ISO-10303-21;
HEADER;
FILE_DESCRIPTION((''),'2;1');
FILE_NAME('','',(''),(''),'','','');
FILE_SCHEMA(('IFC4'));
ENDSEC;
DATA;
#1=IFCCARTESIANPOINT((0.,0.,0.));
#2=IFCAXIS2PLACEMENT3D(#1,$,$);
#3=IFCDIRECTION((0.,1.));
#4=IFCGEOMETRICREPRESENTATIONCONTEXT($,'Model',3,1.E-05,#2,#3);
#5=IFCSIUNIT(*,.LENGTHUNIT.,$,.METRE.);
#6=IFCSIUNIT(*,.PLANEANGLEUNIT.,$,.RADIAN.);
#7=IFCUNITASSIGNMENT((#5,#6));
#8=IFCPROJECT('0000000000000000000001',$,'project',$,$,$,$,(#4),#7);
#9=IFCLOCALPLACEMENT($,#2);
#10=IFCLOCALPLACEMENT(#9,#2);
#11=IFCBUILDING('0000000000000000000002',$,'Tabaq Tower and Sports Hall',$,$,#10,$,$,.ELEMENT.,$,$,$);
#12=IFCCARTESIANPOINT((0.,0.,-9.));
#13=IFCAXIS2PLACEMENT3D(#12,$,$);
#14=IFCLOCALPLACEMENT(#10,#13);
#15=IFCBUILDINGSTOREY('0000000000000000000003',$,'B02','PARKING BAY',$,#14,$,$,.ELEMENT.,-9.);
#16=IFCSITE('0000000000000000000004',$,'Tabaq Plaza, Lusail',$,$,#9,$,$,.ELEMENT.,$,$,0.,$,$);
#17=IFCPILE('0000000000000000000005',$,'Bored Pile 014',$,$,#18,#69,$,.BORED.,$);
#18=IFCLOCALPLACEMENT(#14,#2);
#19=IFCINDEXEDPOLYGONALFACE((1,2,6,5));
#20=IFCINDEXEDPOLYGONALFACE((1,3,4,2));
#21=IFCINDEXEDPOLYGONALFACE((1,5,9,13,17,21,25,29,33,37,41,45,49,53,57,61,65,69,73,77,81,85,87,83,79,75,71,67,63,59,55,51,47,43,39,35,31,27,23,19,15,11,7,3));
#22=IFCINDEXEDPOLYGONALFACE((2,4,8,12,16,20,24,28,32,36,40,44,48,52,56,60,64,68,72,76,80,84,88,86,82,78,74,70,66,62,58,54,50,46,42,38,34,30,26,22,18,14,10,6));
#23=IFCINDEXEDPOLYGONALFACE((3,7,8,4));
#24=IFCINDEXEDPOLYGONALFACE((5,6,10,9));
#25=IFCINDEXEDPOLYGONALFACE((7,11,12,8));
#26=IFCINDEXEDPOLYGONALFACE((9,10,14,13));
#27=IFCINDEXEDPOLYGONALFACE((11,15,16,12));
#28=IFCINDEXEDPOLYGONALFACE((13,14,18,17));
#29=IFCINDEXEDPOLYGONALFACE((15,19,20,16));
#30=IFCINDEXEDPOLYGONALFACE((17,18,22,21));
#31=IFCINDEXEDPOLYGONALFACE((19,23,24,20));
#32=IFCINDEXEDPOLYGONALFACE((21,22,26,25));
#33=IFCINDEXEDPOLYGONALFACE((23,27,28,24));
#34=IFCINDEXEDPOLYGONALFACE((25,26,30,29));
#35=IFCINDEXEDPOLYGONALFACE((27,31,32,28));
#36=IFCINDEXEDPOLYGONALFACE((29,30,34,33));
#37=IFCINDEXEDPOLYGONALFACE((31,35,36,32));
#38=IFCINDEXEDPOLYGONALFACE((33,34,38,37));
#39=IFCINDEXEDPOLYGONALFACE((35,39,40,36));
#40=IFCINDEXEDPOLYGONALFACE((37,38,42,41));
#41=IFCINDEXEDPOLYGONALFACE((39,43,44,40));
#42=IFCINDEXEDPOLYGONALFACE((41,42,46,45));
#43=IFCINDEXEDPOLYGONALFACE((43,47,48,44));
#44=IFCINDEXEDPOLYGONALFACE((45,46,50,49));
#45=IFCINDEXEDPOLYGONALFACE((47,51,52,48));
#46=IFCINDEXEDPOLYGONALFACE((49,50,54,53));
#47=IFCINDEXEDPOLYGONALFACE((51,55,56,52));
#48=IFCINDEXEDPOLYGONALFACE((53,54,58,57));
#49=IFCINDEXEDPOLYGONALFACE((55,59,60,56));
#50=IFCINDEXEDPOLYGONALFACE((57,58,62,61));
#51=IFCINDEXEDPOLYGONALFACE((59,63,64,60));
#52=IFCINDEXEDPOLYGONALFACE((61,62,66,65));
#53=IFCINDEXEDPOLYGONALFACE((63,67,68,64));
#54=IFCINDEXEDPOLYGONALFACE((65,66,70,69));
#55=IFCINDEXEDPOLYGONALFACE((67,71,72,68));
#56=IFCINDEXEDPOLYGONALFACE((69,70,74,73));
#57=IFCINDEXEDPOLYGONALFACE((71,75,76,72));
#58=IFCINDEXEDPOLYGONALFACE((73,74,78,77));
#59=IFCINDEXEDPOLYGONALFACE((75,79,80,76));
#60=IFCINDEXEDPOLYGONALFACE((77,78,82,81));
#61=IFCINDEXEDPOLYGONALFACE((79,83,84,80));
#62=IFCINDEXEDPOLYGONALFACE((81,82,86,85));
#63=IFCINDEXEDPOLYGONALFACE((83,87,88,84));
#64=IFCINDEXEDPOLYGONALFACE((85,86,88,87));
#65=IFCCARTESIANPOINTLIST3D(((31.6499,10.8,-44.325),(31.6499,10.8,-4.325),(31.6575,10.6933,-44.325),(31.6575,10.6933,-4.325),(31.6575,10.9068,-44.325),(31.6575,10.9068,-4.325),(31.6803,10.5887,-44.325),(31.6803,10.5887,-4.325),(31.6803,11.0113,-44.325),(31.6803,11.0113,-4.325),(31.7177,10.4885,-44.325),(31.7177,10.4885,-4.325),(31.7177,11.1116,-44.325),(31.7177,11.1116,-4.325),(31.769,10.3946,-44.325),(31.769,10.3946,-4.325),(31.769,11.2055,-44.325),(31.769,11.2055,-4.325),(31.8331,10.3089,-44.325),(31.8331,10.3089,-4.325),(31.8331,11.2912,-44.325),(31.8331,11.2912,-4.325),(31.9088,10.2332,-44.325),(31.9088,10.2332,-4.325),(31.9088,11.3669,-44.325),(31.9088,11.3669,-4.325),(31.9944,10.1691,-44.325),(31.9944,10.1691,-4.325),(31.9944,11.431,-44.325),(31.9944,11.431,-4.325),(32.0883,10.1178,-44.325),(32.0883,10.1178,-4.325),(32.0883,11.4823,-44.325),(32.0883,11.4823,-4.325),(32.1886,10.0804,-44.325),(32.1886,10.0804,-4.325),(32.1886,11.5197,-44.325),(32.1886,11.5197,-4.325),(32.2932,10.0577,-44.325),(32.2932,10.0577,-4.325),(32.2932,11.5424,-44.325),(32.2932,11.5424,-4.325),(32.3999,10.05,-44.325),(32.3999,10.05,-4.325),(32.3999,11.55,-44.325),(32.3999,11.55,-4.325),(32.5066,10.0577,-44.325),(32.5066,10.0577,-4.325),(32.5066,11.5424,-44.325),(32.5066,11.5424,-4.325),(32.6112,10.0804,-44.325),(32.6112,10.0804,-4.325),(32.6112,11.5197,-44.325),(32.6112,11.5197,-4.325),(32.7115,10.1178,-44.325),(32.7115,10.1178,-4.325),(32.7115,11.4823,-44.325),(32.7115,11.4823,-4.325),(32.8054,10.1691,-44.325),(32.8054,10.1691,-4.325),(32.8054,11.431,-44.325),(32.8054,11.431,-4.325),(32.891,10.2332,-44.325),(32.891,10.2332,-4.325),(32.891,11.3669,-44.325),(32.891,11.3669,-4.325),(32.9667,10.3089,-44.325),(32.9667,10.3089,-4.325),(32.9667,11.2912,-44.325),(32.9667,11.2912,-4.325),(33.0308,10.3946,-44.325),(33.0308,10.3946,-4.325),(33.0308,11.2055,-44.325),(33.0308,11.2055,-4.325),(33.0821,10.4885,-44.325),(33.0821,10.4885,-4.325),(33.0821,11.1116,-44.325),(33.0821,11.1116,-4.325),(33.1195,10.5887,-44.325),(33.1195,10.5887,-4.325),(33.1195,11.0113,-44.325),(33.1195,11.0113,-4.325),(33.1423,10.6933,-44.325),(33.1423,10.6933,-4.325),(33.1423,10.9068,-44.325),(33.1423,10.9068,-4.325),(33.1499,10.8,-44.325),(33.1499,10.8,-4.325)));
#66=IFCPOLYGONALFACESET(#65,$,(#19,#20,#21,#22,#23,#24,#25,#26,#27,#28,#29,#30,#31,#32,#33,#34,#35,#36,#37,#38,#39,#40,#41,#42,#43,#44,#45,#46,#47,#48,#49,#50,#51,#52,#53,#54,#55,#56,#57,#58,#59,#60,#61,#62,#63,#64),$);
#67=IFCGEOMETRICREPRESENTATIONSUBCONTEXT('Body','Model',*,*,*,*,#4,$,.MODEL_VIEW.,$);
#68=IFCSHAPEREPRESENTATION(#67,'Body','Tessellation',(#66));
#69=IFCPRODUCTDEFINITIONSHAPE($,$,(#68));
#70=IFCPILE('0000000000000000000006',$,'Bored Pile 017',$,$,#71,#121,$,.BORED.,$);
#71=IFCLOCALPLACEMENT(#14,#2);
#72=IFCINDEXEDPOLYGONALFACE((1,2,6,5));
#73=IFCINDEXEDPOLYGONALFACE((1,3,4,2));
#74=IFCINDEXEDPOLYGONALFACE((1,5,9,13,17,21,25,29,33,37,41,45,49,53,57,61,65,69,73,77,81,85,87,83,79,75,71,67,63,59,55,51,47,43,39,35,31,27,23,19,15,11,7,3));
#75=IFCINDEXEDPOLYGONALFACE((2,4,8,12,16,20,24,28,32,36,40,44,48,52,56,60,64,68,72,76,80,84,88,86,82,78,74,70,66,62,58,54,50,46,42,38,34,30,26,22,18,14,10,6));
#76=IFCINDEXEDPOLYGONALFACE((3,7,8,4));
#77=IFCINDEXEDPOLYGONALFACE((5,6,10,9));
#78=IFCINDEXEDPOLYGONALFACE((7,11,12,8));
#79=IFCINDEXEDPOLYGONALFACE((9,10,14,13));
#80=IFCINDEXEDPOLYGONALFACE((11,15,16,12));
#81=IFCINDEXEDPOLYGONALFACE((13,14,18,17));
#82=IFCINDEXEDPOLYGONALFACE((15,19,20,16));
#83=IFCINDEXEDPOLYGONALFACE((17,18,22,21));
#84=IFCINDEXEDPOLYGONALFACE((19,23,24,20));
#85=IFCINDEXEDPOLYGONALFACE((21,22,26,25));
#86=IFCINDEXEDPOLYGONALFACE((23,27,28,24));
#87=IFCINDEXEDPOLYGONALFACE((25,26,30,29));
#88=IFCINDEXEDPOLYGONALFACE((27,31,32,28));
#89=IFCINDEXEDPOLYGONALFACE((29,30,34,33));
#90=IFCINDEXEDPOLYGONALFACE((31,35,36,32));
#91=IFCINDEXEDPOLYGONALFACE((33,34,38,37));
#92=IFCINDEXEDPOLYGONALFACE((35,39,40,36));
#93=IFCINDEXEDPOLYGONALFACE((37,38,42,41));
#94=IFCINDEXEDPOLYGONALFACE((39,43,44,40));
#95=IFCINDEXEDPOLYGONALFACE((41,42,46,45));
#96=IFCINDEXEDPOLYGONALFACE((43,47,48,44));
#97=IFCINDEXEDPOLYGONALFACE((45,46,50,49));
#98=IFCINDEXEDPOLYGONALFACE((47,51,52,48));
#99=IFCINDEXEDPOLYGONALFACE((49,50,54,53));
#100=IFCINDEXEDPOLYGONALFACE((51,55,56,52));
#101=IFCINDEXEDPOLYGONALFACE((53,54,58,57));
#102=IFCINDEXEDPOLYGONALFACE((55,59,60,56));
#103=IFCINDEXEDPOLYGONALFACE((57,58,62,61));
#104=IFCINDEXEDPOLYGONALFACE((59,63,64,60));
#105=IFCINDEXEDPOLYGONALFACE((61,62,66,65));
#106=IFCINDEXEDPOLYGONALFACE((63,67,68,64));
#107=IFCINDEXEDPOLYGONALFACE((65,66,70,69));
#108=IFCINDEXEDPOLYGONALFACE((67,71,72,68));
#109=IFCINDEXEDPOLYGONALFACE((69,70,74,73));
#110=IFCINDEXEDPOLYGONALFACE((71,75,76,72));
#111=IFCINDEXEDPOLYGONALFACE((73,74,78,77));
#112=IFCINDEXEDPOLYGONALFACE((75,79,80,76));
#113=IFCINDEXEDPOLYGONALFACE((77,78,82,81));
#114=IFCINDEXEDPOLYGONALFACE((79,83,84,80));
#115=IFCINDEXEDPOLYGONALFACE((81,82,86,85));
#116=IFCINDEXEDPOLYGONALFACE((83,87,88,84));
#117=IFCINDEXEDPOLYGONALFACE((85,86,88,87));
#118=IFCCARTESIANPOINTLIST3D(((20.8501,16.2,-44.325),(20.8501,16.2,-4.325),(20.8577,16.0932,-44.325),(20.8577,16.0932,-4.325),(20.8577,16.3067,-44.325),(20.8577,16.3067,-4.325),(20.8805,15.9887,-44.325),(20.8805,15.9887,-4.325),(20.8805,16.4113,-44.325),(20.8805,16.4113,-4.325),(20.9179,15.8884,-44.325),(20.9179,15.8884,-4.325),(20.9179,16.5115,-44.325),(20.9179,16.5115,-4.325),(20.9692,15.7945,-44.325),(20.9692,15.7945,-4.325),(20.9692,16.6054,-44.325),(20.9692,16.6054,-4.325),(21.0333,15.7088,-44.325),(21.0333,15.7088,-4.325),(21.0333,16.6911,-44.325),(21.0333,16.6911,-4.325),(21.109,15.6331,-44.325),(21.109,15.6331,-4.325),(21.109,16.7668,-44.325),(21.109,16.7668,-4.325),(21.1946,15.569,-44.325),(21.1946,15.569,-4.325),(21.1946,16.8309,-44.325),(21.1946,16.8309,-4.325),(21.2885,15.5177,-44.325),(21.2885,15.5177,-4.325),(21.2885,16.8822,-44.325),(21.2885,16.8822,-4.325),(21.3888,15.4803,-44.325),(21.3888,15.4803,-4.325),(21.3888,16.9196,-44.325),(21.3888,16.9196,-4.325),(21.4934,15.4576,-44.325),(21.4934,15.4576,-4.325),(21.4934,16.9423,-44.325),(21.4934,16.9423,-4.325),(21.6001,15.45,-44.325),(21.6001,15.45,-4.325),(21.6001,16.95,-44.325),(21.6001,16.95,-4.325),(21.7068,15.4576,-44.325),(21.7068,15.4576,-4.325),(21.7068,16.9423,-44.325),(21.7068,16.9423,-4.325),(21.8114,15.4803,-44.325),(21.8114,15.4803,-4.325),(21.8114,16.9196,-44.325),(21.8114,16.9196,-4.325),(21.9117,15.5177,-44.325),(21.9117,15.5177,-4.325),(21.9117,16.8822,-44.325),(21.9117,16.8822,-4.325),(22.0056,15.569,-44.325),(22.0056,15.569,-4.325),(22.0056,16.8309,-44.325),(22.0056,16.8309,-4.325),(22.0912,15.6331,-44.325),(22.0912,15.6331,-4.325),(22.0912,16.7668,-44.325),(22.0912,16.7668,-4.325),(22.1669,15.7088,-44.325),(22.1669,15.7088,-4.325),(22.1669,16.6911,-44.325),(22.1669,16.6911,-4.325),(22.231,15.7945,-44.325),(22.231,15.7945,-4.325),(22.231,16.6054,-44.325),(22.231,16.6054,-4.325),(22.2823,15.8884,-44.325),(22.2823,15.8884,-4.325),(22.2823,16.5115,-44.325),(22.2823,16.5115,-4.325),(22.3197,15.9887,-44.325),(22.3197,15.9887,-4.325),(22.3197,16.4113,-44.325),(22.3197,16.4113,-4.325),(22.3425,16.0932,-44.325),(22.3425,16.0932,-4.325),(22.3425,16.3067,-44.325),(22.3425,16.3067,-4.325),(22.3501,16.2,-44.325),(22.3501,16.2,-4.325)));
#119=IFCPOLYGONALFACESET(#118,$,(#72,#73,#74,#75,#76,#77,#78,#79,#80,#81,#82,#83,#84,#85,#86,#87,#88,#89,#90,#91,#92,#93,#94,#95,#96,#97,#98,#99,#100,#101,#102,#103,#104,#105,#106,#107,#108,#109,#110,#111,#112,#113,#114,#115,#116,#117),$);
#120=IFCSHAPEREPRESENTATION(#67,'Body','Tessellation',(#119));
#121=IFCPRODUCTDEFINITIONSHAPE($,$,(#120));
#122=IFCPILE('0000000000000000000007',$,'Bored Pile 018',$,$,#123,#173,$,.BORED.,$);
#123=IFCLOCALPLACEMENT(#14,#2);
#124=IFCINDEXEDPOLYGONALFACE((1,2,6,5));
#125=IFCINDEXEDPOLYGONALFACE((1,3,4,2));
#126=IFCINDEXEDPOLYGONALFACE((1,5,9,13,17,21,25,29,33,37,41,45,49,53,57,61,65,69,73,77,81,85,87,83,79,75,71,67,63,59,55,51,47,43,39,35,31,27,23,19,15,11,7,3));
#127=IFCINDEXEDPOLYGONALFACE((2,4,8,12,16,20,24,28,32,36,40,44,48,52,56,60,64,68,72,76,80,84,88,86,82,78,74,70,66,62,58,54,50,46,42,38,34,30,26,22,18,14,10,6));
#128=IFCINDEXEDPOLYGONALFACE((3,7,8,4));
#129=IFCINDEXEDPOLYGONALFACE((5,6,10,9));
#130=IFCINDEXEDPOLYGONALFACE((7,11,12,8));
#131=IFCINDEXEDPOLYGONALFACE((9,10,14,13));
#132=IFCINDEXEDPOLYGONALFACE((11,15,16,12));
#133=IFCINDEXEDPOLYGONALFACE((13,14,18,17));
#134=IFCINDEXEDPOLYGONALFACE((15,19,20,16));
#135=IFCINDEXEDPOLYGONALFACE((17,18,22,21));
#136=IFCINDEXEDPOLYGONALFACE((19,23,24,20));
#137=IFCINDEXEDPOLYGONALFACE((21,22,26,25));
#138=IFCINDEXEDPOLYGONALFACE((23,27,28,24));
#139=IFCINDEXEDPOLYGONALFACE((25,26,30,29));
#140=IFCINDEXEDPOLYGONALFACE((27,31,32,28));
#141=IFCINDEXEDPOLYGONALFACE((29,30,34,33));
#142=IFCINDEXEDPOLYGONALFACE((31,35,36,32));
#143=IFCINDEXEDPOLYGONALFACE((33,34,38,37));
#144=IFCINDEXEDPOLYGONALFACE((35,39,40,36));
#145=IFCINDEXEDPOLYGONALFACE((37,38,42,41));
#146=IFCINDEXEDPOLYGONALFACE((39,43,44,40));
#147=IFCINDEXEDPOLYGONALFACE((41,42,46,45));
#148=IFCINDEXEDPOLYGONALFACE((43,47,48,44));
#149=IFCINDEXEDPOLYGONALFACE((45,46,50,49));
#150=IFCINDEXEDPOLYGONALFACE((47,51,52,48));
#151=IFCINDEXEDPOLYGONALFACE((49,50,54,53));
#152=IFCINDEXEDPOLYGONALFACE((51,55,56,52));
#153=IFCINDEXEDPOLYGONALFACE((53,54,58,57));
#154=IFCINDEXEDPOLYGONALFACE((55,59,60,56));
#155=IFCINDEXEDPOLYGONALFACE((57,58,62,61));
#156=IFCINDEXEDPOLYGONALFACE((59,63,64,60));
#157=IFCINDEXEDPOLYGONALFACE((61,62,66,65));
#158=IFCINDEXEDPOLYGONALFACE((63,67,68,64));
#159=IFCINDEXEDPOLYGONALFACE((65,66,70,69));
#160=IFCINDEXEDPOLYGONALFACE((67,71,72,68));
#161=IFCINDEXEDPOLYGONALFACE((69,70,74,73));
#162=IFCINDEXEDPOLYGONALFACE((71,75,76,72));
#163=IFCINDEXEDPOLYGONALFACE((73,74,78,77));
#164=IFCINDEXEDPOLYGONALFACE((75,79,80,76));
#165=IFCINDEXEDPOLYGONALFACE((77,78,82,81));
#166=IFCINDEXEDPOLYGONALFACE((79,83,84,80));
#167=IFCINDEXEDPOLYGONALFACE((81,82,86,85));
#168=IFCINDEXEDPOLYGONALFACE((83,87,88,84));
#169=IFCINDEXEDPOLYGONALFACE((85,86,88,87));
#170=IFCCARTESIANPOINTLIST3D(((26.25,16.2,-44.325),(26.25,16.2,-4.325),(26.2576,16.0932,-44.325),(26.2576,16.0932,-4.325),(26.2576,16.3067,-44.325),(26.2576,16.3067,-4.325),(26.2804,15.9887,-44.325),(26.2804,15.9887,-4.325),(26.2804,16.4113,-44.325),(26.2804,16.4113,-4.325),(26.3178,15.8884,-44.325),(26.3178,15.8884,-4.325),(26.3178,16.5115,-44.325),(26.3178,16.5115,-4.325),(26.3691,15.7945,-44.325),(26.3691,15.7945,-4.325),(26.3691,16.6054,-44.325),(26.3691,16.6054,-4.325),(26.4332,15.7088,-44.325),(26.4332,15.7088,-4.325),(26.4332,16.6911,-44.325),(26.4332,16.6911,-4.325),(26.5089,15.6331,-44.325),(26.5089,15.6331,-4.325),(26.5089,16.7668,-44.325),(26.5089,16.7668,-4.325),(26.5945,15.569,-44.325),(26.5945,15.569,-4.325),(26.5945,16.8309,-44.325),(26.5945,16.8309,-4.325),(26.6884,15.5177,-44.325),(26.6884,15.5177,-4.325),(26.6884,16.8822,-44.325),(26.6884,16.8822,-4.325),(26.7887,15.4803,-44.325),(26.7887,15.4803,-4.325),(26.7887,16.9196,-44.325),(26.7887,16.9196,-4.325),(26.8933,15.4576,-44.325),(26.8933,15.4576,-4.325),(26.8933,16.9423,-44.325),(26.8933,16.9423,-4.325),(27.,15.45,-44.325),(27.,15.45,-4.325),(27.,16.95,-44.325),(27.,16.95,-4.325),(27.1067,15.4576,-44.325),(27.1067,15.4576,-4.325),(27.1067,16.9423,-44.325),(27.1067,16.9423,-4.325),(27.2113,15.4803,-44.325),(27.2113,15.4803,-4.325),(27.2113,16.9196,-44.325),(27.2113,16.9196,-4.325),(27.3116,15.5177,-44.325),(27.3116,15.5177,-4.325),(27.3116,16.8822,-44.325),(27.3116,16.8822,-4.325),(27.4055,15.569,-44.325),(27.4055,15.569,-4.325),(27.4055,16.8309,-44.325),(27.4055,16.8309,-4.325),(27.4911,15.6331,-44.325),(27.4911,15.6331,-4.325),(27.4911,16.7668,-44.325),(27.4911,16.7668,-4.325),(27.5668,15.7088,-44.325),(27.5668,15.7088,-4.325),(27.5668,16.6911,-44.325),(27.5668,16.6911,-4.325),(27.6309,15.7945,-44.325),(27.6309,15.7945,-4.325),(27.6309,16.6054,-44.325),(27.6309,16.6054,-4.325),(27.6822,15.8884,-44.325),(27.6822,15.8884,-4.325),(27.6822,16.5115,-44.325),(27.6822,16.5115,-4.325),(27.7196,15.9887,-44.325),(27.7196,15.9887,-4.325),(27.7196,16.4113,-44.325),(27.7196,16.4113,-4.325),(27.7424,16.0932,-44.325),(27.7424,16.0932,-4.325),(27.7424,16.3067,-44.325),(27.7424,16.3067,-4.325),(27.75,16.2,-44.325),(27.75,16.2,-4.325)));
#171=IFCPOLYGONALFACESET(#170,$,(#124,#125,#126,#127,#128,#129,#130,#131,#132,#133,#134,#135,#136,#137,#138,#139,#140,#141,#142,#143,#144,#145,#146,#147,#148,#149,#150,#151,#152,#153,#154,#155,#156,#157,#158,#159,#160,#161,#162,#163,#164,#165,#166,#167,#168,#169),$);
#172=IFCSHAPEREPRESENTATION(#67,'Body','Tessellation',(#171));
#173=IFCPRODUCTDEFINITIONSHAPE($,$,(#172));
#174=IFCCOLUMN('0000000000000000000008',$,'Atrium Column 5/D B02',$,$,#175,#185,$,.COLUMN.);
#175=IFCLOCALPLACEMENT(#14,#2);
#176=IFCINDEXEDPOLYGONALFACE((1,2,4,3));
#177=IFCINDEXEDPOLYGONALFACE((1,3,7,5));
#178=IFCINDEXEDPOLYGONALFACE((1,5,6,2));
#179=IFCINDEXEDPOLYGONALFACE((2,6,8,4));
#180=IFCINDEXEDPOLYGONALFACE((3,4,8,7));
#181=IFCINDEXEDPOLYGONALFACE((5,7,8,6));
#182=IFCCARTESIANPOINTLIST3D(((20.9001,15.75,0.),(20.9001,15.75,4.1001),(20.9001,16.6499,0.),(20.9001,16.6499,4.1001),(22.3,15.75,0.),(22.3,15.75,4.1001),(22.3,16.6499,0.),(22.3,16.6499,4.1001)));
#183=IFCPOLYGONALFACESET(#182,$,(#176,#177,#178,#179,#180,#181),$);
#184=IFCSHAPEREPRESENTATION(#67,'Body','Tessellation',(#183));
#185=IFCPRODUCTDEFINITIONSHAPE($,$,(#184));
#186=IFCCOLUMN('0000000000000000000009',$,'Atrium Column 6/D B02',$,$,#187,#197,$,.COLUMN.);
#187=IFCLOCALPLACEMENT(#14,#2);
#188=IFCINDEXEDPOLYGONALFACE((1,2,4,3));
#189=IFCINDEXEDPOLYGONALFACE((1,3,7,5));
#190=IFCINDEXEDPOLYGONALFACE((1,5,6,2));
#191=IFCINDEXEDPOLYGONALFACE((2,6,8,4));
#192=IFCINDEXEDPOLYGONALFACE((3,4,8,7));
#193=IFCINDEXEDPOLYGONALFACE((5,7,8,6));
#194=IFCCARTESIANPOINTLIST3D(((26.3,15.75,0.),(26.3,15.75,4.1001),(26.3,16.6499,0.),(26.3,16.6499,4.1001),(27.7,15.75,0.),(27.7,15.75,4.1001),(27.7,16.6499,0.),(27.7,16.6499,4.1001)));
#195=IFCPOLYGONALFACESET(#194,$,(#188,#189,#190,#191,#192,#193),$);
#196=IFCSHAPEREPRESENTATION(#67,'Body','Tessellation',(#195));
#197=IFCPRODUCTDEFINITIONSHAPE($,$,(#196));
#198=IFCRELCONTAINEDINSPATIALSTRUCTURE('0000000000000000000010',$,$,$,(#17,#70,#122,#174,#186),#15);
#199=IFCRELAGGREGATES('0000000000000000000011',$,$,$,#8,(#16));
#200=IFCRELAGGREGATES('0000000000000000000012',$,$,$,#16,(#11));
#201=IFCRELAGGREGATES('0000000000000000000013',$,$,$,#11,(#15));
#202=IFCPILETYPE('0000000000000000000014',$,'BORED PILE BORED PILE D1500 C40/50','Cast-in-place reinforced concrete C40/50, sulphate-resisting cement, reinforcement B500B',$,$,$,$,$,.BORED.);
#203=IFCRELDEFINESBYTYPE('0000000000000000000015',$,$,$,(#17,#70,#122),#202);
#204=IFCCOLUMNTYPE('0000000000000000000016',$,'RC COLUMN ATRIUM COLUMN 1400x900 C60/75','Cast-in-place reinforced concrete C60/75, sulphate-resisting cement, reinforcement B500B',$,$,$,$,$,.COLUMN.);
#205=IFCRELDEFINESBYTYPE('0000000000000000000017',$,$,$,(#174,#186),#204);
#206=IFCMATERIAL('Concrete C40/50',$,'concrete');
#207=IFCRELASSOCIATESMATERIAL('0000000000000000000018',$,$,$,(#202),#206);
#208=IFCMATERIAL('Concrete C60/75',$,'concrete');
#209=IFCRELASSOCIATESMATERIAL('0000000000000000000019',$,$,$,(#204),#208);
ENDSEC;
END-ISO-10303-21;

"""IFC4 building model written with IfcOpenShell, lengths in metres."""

from ifc_helpers import new_model, si_unit, direction, frame, origin, origin_2d, place, context, subcontext, project, spatial, rectangle, circle, extrude, material, material_profile, profile_set, type_object, element, save


model = new_model("IFC4")

# Units and contexts
model_context = context("Model", 3, precision=1e-05, world=origin(), true_north=direction((0.0, 1.0)))
body_context = subcontext(model_context, "Body", "Model", "MODEL_VIEW")
ifc_project = project(units=[si_unit("LENGTHUNIT", "METRE"), si_unit("PLANEANGLEUNIT", "RADIAN")], contexts=[model_context])

# Site, building, storey
site_placement = place(None, origin())
site = spatial("IfcSite", under=ifc_project, at=site_placement, Name="Tabaq Plaza, Lusail", CompositionType="ELEMENT", RefElevation=0.0)
building_placement = place(site_placement, origin())
building = spatial("IfcBuilding", under=site, at=building_placement, Name="Tabaq Tower and Sports Hall", CompositionType="ELEMENT")
storey_placement = place(building_placement, frame((0.0, 0.0, -9.0)))
storey = spatial("IfcBuildingStorey", under=building, at=storey_placement, Name="B02", Description="PARKING BAY", CompositionType="ELEMENT", Elevation=-9.0)

# Piles
ifc_material_1 = material(Name="Concrete C40/50", Category="concrete")
ifc_material_profile_1 = material_profile(ifc_material_1, circle(Radius=0.75, at=origin_2d()), Name="BORED PILE D1500")
ifc_profile_set_1 = profile_set([ifc_material_profile_1], Name="Concrete C40/50")
pile_type_1 = type_object("IfcPileType", Name="BORED PILE BORED PILE D1500 C40/50", Description="Cast-in-place reinforced concrete C40/50, sulphate-resisting cement, reinforcement B500B", PredefinedType="BORED", material=ifc_profile_set_1)
for number, where, z_axis, x_axis, name in (
    (1, (32.3999, 10.8, -4.325), (0.0, 0.0, -1.0), (1.0, 0.0, 0.0), "Bored Pile 014"),
    (2, (21.6001, 16.2, -4.325), (0.0, 0.0, -1.0), (1.0, 0.0, 0.0), "Bored Pile 017"),
    (3, (27.0, 16.2, -4.325), (0.0, 0.0, -1.0), (1.0, 0.0, 0.0), "Bored Pile 018"),
):
    element("IfcPile", number, at=place(storey_placement, frame(where, z_axis=z_axis, x_axis=x_axis)), inside=storey, type_object=pile_type_1, Name=name, PredefinedType="BORED", context=body_context, shape_type="SweptSolid", body=[
        extrude(circle(Radius=0.75, at=origin_2d()), origin(), (0.0, 0.0, 1.0), 40.0),
    ])

# Columns
ifc_material_2 = material(Name="Concrete C60/75", Category="concrete")
ifc_material_profile_2 = material_profile(ifc_material_2, rectangle(XDim=1.3999, YDim=0.8999, at=origin_2d()), Name="ATRIUM COLUMN 1400x900")
ifc_profile_set_2 = profile_set([ifc_material_profile_2], Name="Concrete C60/75")
column_type_1 = type_object("IfcColumnType", Name="RC COLUMN ATRIUM COLUMN 1400x900 C60/75", Description="Cast-in-place reinforced concrete C60/75, sulphate-resisting cement, reinforcement B500B", PredefinedType="COLUMN", material=ifc_profile_set_2)
for number, where, z_axis, x_axis, name in (
    (4, (21.6001, 16.2, 0.0), (0.0, 0.0, 1.0), (1.0, 0.0, 0.0), "Atrium Column 5/D B02"),
    (5, (27.0, 16.2, 0.0), (0.0, 0.0, 1.0), (1.0, 0.0, 0.0), "Atrium Column 6/D B02"),
):
    element("IfcColumn", number, at=place(storey_placement, frame(where, z_axis=z_axis, x_axis=x_axis)), inside=storey, type_object=column_type_1, Name=name, PredefinedType="COLUMN", context=body_context, shape_type="SweptSolid", body=[
        extrude(rectangle(XDim=1.3999, YDim=0.8999, at=origin_2d()), origin(), (0.0, 0.0, 1.0), 4.1001),
    ])

save(model, "model.ifc")
